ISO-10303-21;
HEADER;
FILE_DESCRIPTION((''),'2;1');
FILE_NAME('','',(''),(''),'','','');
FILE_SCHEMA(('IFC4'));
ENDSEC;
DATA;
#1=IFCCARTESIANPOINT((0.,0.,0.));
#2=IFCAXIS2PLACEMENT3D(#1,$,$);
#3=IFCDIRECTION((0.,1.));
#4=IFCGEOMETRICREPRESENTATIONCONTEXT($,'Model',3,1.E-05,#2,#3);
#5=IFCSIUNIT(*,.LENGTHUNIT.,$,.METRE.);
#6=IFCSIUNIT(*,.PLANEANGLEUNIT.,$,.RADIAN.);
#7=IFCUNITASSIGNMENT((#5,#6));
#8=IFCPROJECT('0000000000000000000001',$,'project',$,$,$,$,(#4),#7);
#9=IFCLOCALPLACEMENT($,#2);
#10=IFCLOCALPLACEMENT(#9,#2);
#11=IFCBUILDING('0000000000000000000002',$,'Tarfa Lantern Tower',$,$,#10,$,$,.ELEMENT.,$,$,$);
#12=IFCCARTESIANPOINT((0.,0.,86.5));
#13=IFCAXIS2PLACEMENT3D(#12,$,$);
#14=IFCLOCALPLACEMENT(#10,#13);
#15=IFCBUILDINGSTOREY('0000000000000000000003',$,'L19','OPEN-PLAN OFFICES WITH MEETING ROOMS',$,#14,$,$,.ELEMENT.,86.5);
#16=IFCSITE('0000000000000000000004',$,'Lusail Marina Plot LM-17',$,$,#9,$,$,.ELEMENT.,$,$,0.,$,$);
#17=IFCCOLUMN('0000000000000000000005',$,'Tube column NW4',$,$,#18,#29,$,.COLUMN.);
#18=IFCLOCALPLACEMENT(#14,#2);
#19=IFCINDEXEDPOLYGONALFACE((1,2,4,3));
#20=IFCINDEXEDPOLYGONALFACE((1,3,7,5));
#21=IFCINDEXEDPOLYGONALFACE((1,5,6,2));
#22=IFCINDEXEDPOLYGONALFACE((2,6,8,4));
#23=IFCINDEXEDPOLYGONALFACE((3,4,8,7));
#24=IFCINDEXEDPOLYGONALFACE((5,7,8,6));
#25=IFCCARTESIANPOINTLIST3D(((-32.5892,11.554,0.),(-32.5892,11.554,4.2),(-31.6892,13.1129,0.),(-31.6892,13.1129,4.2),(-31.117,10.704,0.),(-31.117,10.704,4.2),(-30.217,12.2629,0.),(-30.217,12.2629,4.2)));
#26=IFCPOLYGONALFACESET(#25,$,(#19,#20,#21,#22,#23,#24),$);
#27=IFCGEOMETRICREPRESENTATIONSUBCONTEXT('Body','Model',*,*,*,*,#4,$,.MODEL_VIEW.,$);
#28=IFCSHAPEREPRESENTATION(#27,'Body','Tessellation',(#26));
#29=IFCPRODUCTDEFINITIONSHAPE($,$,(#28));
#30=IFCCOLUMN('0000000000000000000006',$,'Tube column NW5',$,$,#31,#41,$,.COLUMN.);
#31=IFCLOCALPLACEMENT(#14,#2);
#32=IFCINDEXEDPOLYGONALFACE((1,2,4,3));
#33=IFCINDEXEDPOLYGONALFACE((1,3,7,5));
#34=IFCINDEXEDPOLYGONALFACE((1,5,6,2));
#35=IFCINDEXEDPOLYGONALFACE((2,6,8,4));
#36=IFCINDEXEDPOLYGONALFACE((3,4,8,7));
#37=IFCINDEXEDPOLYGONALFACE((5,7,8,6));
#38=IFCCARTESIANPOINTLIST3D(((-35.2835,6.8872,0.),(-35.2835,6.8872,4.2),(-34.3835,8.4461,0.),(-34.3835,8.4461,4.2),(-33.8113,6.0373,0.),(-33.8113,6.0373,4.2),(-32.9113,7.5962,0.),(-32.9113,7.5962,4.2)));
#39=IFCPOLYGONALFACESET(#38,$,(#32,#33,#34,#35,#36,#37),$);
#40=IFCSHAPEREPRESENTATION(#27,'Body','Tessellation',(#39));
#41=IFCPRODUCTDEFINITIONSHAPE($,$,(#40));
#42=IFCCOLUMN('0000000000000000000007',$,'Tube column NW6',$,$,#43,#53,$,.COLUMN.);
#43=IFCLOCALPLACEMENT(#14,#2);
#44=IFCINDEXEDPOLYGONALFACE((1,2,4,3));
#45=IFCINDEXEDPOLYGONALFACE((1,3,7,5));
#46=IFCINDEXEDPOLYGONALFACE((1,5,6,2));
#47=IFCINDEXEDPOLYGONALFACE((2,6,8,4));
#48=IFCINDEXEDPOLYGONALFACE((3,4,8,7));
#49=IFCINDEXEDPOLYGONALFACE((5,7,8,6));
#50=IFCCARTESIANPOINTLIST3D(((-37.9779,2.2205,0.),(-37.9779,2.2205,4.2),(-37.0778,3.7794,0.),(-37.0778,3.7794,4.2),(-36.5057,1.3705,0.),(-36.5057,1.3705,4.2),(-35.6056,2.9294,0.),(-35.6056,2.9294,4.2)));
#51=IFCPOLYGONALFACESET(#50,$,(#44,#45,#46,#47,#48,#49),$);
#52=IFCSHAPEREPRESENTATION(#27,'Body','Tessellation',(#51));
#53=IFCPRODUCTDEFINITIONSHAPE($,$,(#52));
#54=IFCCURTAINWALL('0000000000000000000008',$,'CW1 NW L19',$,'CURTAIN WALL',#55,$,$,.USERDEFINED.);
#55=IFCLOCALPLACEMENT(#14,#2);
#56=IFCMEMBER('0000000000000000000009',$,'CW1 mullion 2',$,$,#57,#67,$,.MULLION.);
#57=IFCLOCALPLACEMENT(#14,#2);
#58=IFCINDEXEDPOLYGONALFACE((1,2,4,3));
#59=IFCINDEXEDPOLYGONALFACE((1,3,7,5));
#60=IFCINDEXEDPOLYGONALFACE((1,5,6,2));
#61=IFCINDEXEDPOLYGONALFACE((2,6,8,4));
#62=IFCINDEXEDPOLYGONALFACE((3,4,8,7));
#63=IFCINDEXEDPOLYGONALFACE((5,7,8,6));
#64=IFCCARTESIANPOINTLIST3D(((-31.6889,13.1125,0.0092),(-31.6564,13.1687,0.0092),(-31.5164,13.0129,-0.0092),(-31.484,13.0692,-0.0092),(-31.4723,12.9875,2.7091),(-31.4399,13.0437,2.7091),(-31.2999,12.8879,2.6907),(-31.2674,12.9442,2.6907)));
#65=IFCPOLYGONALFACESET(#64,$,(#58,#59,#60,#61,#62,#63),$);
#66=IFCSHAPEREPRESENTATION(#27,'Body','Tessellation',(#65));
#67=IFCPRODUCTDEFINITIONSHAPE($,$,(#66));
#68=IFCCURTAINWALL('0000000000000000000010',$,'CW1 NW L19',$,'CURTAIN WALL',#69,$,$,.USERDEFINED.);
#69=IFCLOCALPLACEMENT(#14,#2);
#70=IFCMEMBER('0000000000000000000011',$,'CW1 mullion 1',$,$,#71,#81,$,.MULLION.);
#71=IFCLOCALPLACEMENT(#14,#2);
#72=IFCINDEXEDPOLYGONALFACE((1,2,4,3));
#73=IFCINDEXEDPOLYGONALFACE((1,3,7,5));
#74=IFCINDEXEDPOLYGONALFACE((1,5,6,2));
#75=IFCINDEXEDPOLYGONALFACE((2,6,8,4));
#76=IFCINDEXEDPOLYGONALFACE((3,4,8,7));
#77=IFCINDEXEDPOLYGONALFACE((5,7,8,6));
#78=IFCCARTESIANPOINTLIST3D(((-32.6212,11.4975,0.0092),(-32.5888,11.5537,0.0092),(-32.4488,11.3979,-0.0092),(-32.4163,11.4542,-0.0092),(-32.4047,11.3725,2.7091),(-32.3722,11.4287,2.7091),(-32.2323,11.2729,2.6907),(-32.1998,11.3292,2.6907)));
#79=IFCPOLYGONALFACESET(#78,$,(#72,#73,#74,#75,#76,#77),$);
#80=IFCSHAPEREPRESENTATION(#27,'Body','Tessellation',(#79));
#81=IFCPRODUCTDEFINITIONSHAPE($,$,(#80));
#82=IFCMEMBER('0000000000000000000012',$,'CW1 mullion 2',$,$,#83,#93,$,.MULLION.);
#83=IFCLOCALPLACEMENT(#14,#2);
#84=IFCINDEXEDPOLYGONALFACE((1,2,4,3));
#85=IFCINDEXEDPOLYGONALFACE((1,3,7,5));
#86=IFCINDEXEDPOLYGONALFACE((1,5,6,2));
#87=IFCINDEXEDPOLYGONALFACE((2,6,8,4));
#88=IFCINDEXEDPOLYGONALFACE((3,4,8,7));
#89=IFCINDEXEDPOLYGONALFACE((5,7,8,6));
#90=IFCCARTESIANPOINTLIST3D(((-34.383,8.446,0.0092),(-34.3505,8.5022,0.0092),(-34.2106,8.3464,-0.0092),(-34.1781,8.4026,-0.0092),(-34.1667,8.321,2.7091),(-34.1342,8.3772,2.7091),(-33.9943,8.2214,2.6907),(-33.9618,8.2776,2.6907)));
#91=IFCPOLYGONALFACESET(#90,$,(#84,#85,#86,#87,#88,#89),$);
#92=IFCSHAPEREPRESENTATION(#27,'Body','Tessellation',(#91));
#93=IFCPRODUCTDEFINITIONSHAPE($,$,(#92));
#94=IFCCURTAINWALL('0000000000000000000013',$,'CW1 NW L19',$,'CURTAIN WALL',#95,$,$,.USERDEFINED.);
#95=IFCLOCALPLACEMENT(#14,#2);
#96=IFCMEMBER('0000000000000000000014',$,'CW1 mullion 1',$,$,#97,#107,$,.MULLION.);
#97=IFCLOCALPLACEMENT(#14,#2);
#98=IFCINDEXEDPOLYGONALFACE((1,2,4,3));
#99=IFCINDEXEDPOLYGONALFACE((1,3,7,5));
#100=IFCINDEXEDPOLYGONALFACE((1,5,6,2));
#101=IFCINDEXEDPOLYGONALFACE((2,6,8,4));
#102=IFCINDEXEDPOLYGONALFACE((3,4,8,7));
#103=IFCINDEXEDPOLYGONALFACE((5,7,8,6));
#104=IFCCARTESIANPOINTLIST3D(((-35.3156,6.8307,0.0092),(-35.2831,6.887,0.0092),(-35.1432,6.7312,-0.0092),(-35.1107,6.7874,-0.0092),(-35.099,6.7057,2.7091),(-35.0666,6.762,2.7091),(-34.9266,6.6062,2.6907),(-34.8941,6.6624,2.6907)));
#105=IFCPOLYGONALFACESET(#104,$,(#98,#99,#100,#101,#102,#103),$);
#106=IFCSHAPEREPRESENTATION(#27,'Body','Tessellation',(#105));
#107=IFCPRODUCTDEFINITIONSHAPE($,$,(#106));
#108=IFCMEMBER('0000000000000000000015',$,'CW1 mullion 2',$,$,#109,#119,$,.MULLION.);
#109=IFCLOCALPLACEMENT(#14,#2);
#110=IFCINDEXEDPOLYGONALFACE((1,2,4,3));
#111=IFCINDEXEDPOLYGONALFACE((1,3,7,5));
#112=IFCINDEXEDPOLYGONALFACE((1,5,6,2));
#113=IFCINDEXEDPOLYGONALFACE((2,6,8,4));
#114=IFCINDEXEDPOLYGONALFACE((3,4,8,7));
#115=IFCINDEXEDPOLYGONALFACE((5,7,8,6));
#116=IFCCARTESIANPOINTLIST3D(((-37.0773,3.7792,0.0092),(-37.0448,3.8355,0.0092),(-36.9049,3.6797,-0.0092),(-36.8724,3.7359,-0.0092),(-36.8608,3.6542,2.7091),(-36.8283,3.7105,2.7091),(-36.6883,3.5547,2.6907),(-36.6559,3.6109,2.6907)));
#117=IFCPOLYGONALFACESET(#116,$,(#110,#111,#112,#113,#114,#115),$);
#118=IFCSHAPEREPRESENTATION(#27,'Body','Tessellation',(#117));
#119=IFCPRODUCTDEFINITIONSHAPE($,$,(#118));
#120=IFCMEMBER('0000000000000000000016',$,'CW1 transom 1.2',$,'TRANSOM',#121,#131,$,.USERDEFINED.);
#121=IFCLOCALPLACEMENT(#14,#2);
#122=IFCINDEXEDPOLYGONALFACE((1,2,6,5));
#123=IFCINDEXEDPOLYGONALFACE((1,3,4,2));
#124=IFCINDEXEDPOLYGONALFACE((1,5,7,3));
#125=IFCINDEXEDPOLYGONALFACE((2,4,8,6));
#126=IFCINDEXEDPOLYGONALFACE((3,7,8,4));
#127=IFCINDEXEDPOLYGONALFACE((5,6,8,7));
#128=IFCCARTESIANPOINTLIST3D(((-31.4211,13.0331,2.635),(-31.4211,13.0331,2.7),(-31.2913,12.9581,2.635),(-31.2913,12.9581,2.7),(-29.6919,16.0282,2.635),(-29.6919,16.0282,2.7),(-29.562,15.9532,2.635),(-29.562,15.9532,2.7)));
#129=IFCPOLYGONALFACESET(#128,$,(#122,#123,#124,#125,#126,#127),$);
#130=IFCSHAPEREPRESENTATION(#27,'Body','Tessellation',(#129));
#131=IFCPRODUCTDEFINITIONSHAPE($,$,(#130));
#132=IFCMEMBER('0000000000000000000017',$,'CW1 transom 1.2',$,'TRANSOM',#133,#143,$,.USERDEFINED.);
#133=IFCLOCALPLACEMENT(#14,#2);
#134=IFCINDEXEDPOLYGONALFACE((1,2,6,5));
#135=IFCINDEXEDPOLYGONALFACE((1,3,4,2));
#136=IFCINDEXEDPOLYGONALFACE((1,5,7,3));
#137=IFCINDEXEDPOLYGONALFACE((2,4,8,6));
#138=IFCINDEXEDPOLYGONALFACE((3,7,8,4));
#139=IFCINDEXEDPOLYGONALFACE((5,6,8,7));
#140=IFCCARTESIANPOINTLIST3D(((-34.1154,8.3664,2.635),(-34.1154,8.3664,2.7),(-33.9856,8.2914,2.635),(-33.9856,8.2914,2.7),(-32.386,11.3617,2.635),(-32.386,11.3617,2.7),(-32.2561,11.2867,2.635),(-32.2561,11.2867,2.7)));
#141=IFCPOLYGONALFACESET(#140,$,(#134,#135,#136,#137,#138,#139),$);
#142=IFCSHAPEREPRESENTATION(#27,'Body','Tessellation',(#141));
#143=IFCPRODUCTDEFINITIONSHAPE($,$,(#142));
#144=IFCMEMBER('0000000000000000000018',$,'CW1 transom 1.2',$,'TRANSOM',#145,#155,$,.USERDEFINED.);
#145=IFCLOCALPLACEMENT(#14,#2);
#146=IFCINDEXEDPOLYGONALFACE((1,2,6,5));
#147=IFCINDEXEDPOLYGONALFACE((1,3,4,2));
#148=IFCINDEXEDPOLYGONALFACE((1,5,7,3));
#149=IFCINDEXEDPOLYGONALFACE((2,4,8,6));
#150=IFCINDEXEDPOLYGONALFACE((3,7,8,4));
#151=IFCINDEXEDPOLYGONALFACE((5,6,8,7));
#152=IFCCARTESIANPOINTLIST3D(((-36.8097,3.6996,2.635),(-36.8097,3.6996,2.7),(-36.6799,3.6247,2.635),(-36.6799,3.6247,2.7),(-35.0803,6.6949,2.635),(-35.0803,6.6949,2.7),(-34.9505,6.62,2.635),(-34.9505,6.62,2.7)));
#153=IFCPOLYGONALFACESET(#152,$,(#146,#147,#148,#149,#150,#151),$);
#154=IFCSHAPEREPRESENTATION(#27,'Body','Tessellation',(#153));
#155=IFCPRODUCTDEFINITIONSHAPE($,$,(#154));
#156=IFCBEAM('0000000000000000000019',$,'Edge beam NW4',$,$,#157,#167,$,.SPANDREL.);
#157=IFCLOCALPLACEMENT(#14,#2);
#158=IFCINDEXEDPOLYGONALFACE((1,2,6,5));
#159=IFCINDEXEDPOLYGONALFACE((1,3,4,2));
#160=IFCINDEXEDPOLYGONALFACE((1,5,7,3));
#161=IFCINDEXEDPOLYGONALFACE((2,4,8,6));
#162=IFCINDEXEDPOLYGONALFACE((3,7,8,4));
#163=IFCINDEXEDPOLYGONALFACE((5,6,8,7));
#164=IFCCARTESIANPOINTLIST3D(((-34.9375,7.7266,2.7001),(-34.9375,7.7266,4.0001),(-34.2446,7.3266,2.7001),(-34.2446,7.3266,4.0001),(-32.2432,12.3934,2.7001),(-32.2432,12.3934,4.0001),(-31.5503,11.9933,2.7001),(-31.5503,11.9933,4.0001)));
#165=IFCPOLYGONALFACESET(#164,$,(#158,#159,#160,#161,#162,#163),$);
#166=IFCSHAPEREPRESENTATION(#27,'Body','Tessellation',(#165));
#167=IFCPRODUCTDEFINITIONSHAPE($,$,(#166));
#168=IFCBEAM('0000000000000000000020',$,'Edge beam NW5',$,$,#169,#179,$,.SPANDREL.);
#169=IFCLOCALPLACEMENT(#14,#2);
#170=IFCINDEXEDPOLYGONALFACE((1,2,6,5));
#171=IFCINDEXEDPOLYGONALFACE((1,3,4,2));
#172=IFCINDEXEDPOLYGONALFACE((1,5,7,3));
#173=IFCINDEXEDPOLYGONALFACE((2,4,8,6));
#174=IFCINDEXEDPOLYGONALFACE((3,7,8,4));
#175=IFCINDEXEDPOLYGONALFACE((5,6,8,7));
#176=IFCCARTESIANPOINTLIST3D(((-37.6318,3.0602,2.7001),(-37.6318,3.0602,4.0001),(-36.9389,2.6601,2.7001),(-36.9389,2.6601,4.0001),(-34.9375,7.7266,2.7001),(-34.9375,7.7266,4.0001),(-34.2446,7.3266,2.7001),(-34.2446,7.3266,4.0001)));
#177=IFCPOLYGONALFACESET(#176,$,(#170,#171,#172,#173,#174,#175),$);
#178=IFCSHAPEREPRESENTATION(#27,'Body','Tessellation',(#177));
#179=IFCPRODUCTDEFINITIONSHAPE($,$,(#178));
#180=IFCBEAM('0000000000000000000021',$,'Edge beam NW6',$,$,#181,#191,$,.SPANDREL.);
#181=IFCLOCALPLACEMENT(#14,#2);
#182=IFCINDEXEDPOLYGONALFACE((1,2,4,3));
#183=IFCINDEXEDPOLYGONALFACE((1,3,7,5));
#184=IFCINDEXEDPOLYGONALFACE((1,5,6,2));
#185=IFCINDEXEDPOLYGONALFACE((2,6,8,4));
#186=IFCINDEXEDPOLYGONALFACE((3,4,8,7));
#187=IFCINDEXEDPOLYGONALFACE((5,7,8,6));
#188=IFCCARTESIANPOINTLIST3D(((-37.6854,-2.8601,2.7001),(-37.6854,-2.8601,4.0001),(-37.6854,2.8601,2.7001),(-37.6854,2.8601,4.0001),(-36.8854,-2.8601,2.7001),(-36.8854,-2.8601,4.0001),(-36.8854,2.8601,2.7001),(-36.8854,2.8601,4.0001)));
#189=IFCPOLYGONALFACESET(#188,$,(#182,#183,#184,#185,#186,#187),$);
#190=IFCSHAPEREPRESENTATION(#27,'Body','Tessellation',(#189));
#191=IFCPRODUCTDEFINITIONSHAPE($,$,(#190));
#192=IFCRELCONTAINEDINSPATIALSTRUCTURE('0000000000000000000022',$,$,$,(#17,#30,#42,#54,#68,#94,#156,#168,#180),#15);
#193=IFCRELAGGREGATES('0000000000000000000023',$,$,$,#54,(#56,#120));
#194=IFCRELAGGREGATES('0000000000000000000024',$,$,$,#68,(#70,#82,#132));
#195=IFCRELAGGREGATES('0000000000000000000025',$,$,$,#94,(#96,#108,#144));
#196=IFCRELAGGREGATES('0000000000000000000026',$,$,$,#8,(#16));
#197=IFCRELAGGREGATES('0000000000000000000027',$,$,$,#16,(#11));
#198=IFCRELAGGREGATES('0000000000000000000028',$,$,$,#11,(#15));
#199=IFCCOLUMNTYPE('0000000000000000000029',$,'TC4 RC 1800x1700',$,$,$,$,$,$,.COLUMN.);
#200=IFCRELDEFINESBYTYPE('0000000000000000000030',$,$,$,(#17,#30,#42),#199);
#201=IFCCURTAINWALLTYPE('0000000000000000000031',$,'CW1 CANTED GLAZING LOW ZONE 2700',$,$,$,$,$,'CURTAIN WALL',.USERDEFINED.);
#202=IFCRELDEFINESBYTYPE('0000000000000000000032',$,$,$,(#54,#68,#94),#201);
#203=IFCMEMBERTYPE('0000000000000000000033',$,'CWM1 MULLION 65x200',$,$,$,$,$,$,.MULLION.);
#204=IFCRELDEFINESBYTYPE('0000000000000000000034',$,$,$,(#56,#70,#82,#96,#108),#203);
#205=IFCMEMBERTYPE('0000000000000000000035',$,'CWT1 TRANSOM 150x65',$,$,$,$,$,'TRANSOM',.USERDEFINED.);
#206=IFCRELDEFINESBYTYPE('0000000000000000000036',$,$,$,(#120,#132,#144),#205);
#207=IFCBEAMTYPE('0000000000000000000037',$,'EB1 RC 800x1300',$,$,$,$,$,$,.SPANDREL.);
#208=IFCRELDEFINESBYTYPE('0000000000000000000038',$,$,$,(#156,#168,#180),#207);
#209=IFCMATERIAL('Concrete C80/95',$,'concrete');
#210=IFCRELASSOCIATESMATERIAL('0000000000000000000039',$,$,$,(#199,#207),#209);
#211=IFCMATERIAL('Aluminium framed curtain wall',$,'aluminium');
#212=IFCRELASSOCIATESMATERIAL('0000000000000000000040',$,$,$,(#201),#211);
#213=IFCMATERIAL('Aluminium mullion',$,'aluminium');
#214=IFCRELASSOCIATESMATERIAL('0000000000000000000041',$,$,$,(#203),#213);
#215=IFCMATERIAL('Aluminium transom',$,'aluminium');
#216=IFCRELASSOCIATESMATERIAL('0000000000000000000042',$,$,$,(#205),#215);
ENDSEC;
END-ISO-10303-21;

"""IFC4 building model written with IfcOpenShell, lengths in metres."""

from ifc_helpers import new_model, si_unit, direction, frame, origin, origin_2d, place, context, subcontext, project, spatial, rectangle, extrude, material, material_profile, profile_set, type_object, element, aggregate, save


model = new_model("IFC4")

# Units and contexts
model_context = context("Model", 3, precision=1e-05, world=origin(), true_north=direction((0.0, 1.0)))
body_context = subcontext(model_context, "Body", "Model", "MODEL_VIEW")
ifc_project = project(units=[si_unit("LENGTHUNIT", "METRE"), si_unit("PLANEANGLEUNIT", "RADIAN")], contexts=[model_context])

# Site, building, storey
site_placement = place(None, origin())
site = spatial("IfcSite", under=ifc_project, at=site_placement, Name="Lusail Marina Plot LM-17", CompositionType="ELEMENT", RefElevation=0.0)
building_placement = place(site_placement, origin())
building = spatial("IfcBuilding", under=site, at=building_placement, Name="Tarfa Lantern Tower", CompositionType="ELEMENT")
storey_placement = place(building_placement, frame((0.0, 0.0, 86.5)))
storey = spatial("IfcBuildingStorey", under=building, at=storey_placement, Name="L19", Description="OPEN-PLAN OFFICES WITH MEETING ROOMS", CompositionType="ELEMENT", Elevation=86.5)

# Columns
ifc_material_1 = material(Name="Concrete C80/95", Category="concrete")
ifc_material_profile_1 = material_profile(ifc_material_1, rectangle(XDim=1.8, YDim=1.7, at=origin_2d()), Name="RC 1800x1700")
ifc_profile_set_1 = profile_set([ifc_material_profile_1], Name="Concrete C80/95")
column_type = type_object("IfcColumnType", Name="TC4 RC 1800x1700", PredefinedType="COLUMN", material=ifc_profile_set_1)
for number, where, z_axis, x_axis, name in (
    (1, (-31.4031, 11.9084, 0.0), (0.0, 0.0, 1.0), (-0.5, -0.866025, 0.0), "Tube column NW4"),
    (2, (-34.0974, 7.2417, 0.0), (0.0, 0.0, 1.0), (-0.5, -0.866025, 0.0), "Tube column NW5"),
    (3, (-36.7917, 2.575, 0.0), (0.0, 0.0, 1.0), (-0.5, -0.866025, 0.0), "Tube column NW6"),
):
    element("IfcColumn", number, at=place(storey_placement, frame(where, z_axis=z_axis, x_axis=x_axis)), inside=storey, type_object=column_type, Name=name, PredefinedType="COLUMN", context=body_context, shape_type="SweptSolid", body=[
        extrude(rectangle(XDim=1.8, YDim=1.7, at=origin_2d()), origin(), (0.0, 0.0, 1.0), 4.2),
    ])

# Curtain wall, member
ifc_material_2 = material(Name="Aluminium framed curtain wall", Category="aluminium")
curtain_wall_type = type_object("IfcCurtainWallType", Name="CW1 CANTED GLAZING LOW ZONE 2700", ElementType="CURTAIN WALL", PredefinedType="USERDEFINED", material=ifc_material_2)
curtain_wall_1_placement = place(storey_placement, origin())
curtain_wall_1 = element("IfcCurtainWall", 4, at=curtain_wall_1_placement, inside=storey, type_object=curtain_wall_type, Name="CW1 NW L19", ObjectType="CURTAIN WALL", PredefinedType="USERDEFINED")
ifc_material_3 = material(Name="Aluminium mullion", Category="aluminium")
ifc_material_profile_2 = material_profile(ifc_material_3, rectangle(XDim=0.0649, YDim=0.2, at=origin_2d()), Name="AL MULLION 65x200")
ifc_profile_set_2 = profile_set([ifc_material_profile_2], Name="Aluminium mullion")
member_type_1 = type_object("IfcMemberType", Name="CWM1 MULLION 65x200", PredefinedType="MULLION", material=ifc_profile_set_2)
member_1_placement = place(storey_placement, frame((-31.5864, 13.0908, 0.0), z_axis=(0.079864, -0.0461, 0.995739), x_axis=(0.49992, 0.866072, 0.0)))
member_1 = element("IfcMember", 5, at=member_1_placement, type_object=member_type_1, Name="CW1 mullion 2", PredefinedType="MULLION", context=body_context, shape_type="SweptSolid", body=[
    extrude(rectangle(XDim=0.0649, YDim=0.2, at=origin_2d()), origin(), (0.0, 0.0, 1.0), 2.7114),
])

# Curtain walls, members
curtain_wall_2_placement = place(storey_placement, origin())
curtain_wall_2 = element("IfcCurtainWall", 6, at=curtain_wall_2_placement, inside=storey, type_object=curtain_wall_type, Name="CW1 NW L19", ObjectType="CURTAIN WALL", PredefinedType="USERDEFINED")
member_2_placement = place(storey_placement, frame((-32.5188, 11.4758, 0.0), z_axis=(0.079864, -0.0461, 0.995739), x_axis=(0.49992, 0.866072, 0.0)))
member_2 = element("IfcMember", 7, at=member_2_placement, type_object=member_type_1, Name="CW1 mullion 1", PredefinedType="MULLION", context=body_context, shape_type="SweptSolid", body=[
    extrude(rectangle(XDim=0.0649, YDim=0.2, at=origin_2d()), origin(), (0.0, 0.0, 1.0), 2.7114),
])
member_3_placement = place(storey_placement, frame((-34.2805, 8.4243, 0.0), z_axis=(0.079775, -0.0461, 0.995746), x_axis=(0.500343, 0.865827, 0.0)))
member_3 = element("IfcMember", 8, at=member_3_placement, type_object=member_type_1, Name="CW1 mullion 2", PredefinedType="MULLION", context=body_context, shape_type="SweptSolid", body=[
    extrude(rectangle(XDim=0.0649, YDim=0.2, at=origin_2d()), origin(), (0.0, 0.0, 1.0), 2.7114),
])
curtain_wall_3_placement = place(storey_placement, origin())
curtain_wall_3 = element("IfcCurtainWall", 9, at=curtain_wall_3_placement, inside=storey, type_object=curtain_wall_type, Name="CW1 NW L19", ObjectType="CURTAIN WALL", PredefinedType="USERDEFINED")
member_4_placement = place(storey_placement, frame((-35.2131, 6.8091, 0.0), z_axis=(0.079864, -0.0461, 0.995739), x_axis=(0.49992, 0.866072, 0.0)))
member_4 = element("IfcMember", 10, at=member_4_placement, type_object=member_type_1, Name="CW1 mullion 1", PredefinedType="MULLION", context=body_context, shape_type="SweptSolid", body=[
    extrude(rectangle(XDim=0.0649, YDim=0.2, at=origin_2d()), origin(), (0.0, 0.0, 1.0), 2.7114),
])
member_5_placement = place(storey_placement, frame((-36.9749, 3.7576, 0.0), z_axis=(0.079864, -0.0461, 0.995739), x_axis=(0.49992, 0.866072, 0.0)))
member_5 = element("IfcMember", 11, at=member_5_placement, type_object=member_type_1, Name="CW1 mullion 2", PredefinedType="MULLION", context=body_context, shape_type="SweptSolid", body=[
    extrude(rectangle(XDim=0.0649, YDim=0.2, at=origin_2d()), origin(), (0.0, 0.0, 1.0), 2.7114),
])

# Members
ifc_material_4 = material(Name="Aluminium transom", Category="aluminium")
ifc_material_profile_3 = material_profile(ifc_material_4, rectangle(XDim=0.1499, YDim=0.0649, at=origin_2d()), Name="AL TRANSOM 150x65")
ifc_profile_set_3 = profile_set([ifc_material_profile_3], Name="Aluminium transom")
member_type_2 = type_object("IfcMemberType", Name="CWT1 TRANSOM 150x65", ElementType="TRANSOM", PredefinedType="USERDEFINED", material=ifc_profile_set_3)
member_6_placement = place(storey_placement, frame((-29.627, 15.9907, 2.6675), z_axis=(-0.500004, -0.866023, 0.0), x_axis=(0.866023, -0.500004, 0.0)))
member_6 = element("IfcMember", 12, at=member_6_placement, type_object=member_type_2, Name="CW1 transom 1.2", ObjectType="TRANSOM", PredefinedType="USERDEFINED", context=body_context, shape_type="SweptSolid", body=[
    extrude(rectangle(XDim=0.1499, YDim=0.0649, at=origin_2d()), origin(), (0.0, 0.0, 1.0), 3.4585),
])
member_7_placement = place(storey_placement, frame((-32.321, 11.3242, 2.6675), z_axis=(-0.500026, -0.86601, 0.0), x_axis=(0.86601, -0.500026, 0.0)))
member_7 = element("IfcMember", 13, at=member_7_placement, type_object=member_type_2, Name="CW1 transom 1.2", ObjectType="TRANSOM", PredefinedType="USERDEFINED", context=body_context, shape_type="SweptSolid", body=[
    extrude(rectangle(XDim=0.1499, YDim=0.0649, at=origin_2d()), origin(), (0.0, 0.0, 1.0), 3.4587),
])
member_8_placement = place(storey_placement, frame((-35.0154, 6.6575, 2.6675), z_axis=(-0.500026, -0.86601, 0.0), x_axis=(0.86601, -0.500026, 0.0)))
member_8 = element("IfcMember", 14, at=member_8_placement, type_object=member_type_2, Name="CW1 transom 1.2", ObjectType="TRANSOM", PredefinedType="USERDEFINED", context=body_context, shape_type="SweptSolid", body=[
    extrude(rectangle(XDim=0.1499, YDim=0.0649, at=origin_2d()), origin(), (0.0, 0.0, 1.0), 3.4587),
])

# Beams
ifc_material_profile_4 = material_profile(ifc_material_1, rectangle(XDim=0.8, YDim=1.3, at=origin_2d()), Name="RC 800x1300")
ifc_profile_set_4 = profile_set([ifc_material_profile_4], Name="Concrete C80/95")
beam_type_1 = type_object("IfcBeamType", Name="EB1 RC 800x1300", PredefinedType="SPANDREL", material=ifc_profile_set_4)
beam_1_placement = place(storey_placement, frame((-31.8967, 12.1934, 3.3501), z_axis=(-0.499998, -0.866026, 0.0), x_axis=(0.866026, -0.499998, 0.0)))
element("IfcBeam", 15, at=beam_1_placement, inside=storey, type_object=beam_type_1, Name="Edge beam NW4", PredefinedType="SPANDREL", context=body_context, shape_type="SweptSolid", body=[
    extrude(rectangle(XDim=0.8, YDim=1.3, at=origin_2d()), origin(), (0.0, 0.0, 1.0), 5.3887),
])
beam_2_placement = place(storey_placement, frame((-34.5911, 7.5266, 3.3501), z_axis=(-0.500018, -0.866015, 0.0), x_axis=(0.866015, -0.500018, 0.0)))
element("IfcBeam", 16, at=beam_2_placement, inside=storey, type_object=beam_type_1, Name="Edge beam NW5", PredefinedType="SPANDREL", context=body_context, shape_type="SweptSolid", body=[
    extrude(rectangle(XDim=0.8, YDim=1.3, at=origin_2d()), origin(), (0.0, 0.0, 1.0), 5.3884),
])
beam_3_placement = place(storey_placement, frame((-37.2854, 2.8601, 3.3501), z_axis=(0.0, -1.0, 0.0), x_axis=(1.0, 0.0, 0.0)))
element("IfcBeam", 17, at=beam_3_placement, inside=storey, type_object=beam_type_1, Name="Edge beam NW6", PredefinedType="SPANDREL", context=body_context, shape_type="SweptSolid", body=[
    extrude(rectangle(XDim=0.8, YDim=1.3, at=origin_2d()), origin(), (0.0, 0.0, 1.0), 5.7202),
])

aggregate(curtain_wall_1, [member_1, member_6])
aggregate(curtain_wall_2, [member_2, member_3, member_7])
aggregate(curtain_wall_3, [member_4, member_5, member_8])

save(model, "model.ifc")
